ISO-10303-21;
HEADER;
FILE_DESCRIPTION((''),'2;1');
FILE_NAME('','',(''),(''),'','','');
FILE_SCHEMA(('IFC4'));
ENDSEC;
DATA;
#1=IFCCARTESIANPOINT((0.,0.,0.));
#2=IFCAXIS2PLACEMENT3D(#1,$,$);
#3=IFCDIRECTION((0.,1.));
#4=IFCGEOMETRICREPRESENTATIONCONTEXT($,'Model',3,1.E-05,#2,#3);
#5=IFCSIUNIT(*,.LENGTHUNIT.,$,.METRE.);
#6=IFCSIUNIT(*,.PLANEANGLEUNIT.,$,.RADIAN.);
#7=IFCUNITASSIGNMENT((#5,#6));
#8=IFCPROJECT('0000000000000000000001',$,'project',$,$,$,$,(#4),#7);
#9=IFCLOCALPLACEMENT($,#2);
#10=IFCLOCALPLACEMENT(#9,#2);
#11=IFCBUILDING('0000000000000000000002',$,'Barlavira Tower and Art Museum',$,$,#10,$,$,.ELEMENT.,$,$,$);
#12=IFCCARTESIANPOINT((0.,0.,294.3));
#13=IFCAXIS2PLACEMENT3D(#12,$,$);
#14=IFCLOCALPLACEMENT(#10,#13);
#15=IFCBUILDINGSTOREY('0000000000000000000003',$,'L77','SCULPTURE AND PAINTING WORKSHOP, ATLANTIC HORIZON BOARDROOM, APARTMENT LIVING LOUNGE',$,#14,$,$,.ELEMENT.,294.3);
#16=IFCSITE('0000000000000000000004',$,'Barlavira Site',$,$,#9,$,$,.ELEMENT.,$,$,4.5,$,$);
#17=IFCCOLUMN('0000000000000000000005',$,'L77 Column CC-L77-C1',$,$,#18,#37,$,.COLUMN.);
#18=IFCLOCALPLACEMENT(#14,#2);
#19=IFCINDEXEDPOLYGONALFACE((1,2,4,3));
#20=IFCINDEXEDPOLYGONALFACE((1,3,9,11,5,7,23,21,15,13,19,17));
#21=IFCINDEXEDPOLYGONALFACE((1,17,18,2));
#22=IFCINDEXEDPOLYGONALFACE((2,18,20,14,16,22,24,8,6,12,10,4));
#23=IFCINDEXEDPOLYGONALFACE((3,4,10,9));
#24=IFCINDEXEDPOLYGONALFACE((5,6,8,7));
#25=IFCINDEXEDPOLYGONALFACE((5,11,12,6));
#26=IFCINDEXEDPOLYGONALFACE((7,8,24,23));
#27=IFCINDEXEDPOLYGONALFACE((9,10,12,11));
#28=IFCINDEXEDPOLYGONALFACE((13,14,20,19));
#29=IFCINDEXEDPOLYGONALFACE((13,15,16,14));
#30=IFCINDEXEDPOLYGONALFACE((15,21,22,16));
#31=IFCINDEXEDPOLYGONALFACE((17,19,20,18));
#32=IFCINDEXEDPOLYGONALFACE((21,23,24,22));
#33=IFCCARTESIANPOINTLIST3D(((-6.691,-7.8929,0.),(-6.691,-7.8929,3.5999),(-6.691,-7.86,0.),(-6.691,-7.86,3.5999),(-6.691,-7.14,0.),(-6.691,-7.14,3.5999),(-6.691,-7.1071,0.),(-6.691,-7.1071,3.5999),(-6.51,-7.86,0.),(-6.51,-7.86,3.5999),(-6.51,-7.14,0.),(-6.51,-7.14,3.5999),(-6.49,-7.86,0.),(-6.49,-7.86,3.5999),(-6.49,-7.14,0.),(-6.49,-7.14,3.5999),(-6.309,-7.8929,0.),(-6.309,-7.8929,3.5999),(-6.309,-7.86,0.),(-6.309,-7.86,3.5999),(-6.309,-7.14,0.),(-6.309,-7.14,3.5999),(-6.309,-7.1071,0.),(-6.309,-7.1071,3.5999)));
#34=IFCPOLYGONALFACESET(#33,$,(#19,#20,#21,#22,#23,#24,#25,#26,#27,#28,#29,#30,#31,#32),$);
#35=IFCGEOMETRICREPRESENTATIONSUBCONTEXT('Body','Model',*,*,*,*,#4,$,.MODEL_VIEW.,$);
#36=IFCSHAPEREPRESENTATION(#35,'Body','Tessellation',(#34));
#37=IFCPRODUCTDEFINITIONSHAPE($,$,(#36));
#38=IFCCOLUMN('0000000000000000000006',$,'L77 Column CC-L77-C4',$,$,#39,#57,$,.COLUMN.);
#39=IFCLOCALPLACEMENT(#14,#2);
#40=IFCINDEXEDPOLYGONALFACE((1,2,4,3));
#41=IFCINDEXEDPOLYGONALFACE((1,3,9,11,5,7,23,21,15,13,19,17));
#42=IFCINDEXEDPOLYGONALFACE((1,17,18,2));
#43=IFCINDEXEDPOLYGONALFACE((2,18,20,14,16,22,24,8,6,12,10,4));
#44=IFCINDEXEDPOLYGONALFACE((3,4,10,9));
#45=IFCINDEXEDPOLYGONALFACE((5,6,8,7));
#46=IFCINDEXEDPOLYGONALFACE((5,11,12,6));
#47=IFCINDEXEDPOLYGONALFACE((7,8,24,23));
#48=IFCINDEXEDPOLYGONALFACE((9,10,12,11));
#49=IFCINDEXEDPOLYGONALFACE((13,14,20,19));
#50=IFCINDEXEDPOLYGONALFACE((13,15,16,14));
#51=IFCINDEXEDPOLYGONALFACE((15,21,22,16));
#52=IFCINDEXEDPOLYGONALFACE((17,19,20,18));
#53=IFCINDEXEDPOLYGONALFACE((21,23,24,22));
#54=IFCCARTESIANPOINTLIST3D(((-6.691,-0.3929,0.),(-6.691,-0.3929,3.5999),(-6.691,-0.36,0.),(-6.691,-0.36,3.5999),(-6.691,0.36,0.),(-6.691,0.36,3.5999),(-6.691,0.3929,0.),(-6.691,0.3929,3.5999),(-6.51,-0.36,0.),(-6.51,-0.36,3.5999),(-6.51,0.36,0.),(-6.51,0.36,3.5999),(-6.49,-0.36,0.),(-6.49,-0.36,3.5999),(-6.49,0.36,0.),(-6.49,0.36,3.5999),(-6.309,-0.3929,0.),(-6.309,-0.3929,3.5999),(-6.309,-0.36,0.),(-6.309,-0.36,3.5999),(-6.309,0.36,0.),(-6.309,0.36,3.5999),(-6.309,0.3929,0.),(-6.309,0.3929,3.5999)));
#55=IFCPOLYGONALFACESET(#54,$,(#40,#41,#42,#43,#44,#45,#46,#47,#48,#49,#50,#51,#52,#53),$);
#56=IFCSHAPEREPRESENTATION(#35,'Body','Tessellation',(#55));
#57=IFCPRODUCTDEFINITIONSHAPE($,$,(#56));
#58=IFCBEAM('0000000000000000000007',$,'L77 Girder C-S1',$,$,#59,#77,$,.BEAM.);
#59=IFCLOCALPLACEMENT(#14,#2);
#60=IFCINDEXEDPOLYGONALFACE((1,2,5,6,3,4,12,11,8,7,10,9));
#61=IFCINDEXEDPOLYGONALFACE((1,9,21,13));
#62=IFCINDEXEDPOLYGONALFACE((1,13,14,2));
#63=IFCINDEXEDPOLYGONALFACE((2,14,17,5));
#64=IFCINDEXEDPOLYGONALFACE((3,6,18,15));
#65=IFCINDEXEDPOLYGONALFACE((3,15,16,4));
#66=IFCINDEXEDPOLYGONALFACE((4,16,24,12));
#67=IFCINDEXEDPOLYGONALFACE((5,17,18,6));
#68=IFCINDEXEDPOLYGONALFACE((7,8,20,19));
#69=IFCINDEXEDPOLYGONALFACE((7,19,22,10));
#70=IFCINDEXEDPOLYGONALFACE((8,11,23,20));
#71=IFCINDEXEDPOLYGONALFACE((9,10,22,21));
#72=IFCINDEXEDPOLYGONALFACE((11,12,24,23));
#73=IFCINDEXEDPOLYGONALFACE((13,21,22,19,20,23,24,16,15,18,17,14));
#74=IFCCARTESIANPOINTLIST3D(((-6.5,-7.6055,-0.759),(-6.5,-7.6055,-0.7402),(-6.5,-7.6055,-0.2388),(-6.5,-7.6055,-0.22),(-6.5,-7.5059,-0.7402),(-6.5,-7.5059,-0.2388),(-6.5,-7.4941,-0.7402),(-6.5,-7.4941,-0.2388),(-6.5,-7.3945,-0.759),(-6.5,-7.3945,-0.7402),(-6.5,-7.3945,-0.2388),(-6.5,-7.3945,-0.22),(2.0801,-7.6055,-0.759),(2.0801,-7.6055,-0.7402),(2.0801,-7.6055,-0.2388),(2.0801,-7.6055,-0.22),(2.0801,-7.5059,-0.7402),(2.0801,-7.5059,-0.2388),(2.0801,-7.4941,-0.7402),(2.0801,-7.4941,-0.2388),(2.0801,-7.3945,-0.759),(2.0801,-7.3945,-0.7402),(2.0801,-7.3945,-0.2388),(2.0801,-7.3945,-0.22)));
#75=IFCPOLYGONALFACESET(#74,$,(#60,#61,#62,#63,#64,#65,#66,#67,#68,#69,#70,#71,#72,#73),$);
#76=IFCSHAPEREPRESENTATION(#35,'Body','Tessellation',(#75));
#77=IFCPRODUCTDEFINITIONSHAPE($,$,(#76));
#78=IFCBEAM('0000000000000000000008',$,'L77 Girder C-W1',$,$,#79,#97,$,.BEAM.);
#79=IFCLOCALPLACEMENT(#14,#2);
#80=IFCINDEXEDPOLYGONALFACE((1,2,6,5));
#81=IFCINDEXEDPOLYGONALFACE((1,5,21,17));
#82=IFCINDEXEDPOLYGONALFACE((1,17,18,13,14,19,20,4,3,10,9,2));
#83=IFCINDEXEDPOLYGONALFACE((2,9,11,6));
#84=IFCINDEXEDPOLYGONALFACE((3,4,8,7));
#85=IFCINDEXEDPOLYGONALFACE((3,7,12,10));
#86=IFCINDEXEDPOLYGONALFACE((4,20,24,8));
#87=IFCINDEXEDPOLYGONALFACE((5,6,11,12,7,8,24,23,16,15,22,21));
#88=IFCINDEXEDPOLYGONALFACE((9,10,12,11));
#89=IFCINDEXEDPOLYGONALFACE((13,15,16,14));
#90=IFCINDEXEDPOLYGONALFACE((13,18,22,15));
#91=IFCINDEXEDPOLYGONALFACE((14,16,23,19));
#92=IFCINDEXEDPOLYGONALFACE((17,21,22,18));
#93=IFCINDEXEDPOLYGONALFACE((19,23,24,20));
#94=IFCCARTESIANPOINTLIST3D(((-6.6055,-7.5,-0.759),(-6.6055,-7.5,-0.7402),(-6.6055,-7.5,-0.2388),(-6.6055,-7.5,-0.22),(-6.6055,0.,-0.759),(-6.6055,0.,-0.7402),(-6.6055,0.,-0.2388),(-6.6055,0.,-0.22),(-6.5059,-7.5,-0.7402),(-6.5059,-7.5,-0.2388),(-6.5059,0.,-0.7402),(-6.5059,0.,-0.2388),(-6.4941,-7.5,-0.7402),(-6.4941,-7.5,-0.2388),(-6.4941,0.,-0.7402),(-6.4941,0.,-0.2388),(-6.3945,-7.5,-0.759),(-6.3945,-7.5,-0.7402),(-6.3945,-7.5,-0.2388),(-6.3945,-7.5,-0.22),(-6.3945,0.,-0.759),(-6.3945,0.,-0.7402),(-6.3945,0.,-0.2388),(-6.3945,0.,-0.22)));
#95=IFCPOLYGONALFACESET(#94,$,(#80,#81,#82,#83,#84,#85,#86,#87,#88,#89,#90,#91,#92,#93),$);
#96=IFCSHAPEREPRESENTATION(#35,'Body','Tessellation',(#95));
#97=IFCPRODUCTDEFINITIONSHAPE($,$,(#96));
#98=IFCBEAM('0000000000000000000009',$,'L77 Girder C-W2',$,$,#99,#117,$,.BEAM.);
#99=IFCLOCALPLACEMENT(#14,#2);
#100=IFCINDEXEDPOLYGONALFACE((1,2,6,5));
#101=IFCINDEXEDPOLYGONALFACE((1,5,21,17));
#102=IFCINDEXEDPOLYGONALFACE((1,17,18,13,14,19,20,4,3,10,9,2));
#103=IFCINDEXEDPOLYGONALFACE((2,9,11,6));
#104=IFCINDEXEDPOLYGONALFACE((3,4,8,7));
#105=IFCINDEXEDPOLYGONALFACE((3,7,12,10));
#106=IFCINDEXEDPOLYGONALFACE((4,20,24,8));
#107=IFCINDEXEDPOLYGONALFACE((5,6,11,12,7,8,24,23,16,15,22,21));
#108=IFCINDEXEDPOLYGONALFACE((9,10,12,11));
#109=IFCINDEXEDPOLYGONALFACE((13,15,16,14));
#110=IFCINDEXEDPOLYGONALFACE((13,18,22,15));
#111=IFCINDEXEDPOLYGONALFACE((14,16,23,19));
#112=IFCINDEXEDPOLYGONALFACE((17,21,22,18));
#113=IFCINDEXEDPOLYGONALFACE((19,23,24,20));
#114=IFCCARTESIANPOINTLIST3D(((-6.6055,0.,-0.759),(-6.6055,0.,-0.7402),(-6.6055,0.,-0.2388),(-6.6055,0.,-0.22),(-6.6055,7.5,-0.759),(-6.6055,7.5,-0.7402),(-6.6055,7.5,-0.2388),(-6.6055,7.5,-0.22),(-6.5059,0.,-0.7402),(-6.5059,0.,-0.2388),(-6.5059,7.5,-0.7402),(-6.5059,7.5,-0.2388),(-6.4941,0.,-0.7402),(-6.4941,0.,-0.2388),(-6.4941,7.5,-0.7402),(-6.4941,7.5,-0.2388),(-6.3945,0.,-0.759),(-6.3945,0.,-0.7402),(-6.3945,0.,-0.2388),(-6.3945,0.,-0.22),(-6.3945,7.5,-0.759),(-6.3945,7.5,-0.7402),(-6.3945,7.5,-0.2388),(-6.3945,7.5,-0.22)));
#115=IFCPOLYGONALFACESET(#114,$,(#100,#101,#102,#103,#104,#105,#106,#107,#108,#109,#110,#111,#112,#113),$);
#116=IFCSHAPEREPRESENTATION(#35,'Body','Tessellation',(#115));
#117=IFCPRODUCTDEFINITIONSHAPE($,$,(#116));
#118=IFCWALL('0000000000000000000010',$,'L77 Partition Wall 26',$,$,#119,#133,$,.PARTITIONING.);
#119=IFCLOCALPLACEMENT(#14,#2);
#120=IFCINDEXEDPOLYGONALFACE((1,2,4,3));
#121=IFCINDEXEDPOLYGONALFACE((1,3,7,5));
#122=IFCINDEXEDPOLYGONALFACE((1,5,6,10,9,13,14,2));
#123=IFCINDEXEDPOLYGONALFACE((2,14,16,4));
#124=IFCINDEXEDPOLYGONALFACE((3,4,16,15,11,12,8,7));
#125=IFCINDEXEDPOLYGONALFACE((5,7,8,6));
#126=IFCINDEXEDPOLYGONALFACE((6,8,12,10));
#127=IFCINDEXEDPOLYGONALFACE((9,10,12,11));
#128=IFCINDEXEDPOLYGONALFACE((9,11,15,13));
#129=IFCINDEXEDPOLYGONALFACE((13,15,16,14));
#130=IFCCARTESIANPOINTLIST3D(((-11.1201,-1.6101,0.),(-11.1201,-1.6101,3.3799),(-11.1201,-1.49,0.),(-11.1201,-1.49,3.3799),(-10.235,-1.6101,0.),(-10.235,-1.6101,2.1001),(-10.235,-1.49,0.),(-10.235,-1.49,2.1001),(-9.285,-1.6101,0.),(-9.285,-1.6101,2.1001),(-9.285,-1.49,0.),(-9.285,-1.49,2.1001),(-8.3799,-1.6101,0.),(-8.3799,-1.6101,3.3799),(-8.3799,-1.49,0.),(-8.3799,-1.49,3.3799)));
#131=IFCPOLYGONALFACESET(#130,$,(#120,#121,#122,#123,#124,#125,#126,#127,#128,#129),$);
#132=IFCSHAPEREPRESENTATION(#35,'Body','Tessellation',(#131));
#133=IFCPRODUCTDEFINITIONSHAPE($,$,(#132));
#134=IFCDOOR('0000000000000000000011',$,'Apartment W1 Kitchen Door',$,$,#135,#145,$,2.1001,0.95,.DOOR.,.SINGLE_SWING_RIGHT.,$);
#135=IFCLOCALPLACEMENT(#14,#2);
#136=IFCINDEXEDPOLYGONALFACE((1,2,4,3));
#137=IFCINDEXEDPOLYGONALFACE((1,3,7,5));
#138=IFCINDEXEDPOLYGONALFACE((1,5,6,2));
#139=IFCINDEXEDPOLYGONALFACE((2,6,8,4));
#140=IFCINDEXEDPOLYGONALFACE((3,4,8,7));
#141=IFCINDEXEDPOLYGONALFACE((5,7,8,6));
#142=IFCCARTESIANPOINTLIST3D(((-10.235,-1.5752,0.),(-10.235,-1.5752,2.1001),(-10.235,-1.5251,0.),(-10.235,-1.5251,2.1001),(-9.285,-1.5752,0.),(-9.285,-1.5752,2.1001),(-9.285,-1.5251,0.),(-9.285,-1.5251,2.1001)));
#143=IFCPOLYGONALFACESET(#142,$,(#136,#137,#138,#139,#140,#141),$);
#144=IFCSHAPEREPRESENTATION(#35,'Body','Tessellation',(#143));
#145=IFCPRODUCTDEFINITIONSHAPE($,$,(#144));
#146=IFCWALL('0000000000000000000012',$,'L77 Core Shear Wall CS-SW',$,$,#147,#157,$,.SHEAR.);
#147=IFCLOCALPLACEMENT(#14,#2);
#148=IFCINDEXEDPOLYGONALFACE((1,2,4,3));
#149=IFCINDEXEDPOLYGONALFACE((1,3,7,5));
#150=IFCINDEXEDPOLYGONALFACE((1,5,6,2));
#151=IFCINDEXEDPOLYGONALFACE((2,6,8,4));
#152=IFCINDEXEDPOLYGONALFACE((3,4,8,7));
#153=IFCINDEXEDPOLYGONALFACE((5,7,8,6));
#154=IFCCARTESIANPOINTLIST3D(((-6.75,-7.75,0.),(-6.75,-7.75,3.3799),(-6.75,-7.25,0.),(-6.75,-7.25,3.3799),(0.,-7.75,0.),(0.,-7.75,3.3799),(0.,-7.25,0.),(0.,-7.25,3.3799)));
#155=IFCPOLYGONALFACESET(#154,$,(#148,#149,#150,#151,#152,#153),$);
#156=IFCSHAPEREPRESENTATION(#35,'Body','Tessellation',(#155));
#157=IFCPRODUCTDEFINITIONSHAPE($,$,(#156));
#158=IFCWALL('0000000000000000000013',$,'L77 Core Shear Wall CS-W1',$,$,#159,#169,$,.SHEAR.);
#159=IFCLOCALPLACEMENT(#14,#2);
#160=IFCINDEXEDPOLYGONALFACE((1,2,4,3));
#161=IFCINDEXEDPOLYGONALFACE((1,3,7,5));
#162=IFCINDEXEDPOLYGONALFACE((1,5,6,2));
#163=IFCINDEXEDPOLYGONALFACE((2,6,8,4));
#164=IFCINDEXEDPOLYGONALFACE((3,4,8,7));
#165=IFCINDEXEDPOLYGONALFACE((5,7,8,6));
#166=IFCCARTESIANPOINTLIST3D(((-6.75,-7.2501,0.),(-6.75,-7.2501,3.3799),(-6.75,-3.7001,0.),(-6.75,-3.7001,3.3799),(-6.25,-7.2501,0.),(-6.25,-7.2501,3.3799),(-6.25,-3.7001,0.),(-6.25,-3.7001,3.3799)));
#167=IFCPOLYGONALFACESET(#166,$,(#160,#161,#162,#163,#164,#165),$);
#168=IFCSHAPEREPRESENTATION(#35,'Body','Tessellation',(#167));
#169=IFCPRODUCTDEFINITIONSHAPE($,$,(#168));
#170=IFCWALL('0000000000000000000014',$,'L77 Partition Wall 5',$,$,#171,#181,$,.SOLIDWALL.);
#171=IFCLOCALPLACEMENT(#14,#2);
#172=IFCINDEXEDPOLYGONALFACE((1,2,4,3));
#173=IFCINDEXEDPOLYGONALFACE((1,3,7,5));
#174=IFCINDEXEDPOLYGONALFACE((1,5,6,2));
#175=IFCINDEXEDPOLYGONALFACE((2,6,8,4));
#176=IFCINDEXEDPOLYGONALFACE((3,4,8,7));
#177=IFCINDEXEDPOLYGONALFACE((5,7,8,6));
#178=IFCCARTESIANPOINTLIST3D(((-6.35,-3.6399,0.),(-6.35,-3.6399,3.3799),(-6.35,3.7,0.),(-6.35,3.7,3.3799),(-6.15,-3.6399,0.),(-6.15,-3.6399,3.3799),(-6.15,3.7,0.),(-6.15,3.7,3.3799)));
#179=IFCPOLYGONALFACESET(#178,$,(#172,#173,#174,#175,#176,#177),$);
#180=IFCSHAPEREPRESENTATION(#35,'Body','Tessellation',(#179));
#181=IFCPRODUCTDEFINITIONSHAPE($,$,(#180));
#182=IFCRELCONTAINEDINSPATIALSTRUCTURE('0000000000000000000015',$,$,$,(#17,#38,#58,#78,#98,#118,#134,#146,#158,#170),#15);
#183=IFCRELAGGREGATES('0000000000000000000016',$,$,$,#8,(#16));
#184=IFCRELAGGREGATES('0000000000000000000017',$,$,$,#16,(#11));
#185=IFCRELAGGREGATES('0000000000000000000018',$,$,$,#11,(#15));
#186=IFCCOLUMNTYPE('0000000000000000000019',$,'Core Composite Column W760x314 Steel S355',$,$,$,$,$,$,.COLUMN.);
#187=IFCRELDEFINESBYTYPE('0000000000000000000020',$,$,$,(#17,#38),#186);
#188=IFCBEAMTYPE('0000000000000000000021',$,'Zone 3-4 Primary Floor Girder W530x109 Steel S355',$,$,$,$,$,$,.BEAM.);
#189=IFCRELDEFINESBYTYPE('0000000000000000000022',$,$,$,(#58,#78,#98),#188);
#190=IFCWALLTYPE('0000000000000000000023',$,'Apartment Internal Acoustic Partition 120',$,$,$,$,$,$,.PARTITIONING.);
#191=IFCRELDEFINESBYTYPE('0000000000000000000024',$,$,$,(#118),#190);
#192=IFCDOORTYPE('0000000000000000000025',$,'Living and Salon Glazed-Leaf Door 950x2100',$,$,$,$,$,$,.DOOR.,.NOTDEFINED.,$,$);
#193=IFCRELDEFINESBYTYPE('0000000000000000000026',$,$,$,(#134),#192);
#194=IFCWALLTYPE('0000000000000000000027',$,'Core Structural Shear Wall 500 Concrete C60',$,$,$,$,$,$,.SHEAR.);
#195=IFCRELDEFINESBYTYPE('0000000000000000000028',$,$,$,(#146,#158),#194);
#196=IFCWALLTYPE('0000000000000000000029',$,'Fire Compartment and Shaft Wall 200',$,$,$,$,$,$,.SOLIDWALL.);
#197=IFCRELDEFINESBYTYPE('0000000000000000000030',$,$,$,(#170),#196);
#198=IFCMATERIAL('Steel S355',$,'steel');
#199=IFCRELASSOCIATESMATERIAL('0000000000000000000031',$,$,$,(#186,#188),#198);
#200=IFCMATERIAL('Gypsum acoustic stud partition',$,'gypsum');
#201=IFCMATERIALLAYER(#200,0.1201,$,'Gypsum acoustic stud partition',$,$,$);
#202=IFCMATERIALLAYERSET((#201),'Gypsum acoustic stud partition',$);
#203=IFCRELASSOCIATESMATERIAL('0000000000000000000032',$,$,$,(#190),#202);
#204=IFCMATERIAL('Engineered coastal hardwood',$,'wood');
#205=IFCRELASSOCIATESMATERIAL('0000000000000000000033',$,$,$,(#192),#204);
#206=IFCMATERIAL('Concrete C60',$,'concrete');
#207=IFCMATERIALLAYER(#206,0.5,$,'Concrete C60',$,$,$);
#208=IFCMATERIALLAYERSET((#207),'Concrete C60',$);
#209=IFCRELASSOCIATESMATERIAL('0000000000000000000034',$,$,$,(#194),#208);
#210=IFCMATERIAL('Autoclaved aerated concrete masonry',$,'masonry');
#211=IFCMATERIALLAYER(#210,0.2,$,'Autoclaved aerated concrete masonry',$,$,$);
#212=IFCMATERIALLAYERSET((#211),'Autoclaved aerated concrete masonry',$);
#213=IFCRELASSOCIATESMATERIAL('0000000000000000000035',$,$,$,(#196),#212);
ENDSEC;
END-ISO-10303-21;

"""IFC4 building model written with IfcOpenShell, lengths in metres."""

from ifc_helpers import new_model, si_unit, direction, frame, frame_2d, origin, origin_2d, place, context, subcontext, project, spatial, rectangle, i_section, extrude, material, layer, layer_set, material_profile, profile_set, type_object, element, fill, save


model = new_model("IFC4")

# Units and contexts
model_context = context("Model", 3, precision=1e-05, world=origin(), true_north=direction((0.0, 1.0)))
body_context = subcontext(model_context, "Body", "Model", "MODEL_VIEW")
ifc_project = project(units=[si_unit("LENGTHUNIT", "METRE"), si_unit("PLANEANGLEUNIT", "RADIAN")], contexts=[model_context])

# Site, building, storey
site_placement = place(None, origin())
site = spatial("IfcSite", under=ifc_project, at=site_placement, Name="Barlavira Site", CompositionType="ELEMENT", RefElevation=4.5)
building_placement = place(site_placement, origin())
building = spatial("IfcBuilding", under=site, at=building_placement, Name="Barlavira Tower and Art Museum", CompositionType="ELEMENT")
storey_placement = place(building_placement, frame((0.0, 0.0, 294.3)))
storey = spatial("IfcBuildingStorey", under=building, at=storey_placement, Name="L77", Description="SCULPTURE AND PAINTING WORKSHOP, ATLANTIC HORIZON BOARDROOM, APARTMENT LIVING LOUNGE", CompositionType="ELEMENT", Elevation=294.3)

# Columns
ifc_material_1 = material(Name="Steel S355", Category="steel")
ifc_material_profile_1 = material_profile(ifc_material_1, i_section(OverallWidth=0.3821, OverallDepth=0.7859, WebThickness=0.02, FlangeThickness=0.033, at=origin_2d()), Name="W760x314.0")
ifc_profile_set_1 = profile_set([ifc_material_profile_1], Name="Steel S355")
column_type = type_object("IfcColumnType", Name="Core Composite Column W760x314 Steel S355", PredefinedType="COLUMN", material=ifc_profile_set_1)
for number, where, z_axis, x_axis, name in (
    (1, (-6.5, -7.5, 0.0), (0.0, 0.0, 1.0), (1.0, 0.0, 0.0), "L77 Column CC-L77-C1"),
    (2, (-6.5, 0.0, 0.0), (0.0, 0.0, 1.0), (1.0, 0.0, 0.0), "L77 Column CC-L77-C4"),
):
    element("IfcColumn", number, at=place(storey_placement, frame(where, z_axis=z_axis, x_axis=x_axis)), inside=storey, type_object=column_type, Name=name, PredefinedType="COLUMN", context=body_context, shape_type="SweptSolid", body=[
        extrude(i_section(OverallWidth=0.3821, OverallDepth=0.7859, WebThickness=0.02, FlangeThickness=0.033, at=origin_2d()), origin(), (0.0, 0.0, 1.0), 3.5999),
    ])

# Beams
ifc_material_profile_2 = material_profile(ifc_material_1, i_section(OverallWidth=0.2109, OverallDepth=0.5391, WebThickness=0.0117, FlangeThickness=0.0188, at=origin_2d()), Name="W530x109.0")
ifc_profile_set_2 = profile_set([ifc_material_profile_2], Name="Steel S355")
beam_type = type_object("IfcBeamType", Name="Zone 3-4 Primary Floor Girder W530x109 Steel S355", PredefinedType="BEAM", material=ifc_profile_set_2)
beam_placement = place(storey_placement, frame((-6.5, -7.5, -0.4895), z_axis=(1.0, 0.0, 0.0), x_axis=(0.0, 1.0, 0.0)))
element("IfcBeam", 3, at=beam_placement, inside=storey, type_object=beam_type, Name="L77 Girder C-S1", PredefinedType="BEAM", context=body_context, shape_type="SweptSolid", body=[
    extrude(i_section(OverallWidth=0.2109, OverallDepth=0.5391, WebThickness=0.0117, FlangeThickness=0.0188, at=origin_2d()), origin(), (0.0, 0.0, 1.0), 8.5801),
])
for number, where, z_axis, x_axis, name in (
    (4, (-6.5, -7.5, -0.4895), (0.0, 1.0, 0.0), (-1.0, 0.0, 0.0), "L77 Girder C-W1"),
    (5, (-6.5, 0.0, -0.4895), (0.0, 1.0, 0.0), (-1.0, 0.0, 0.0), "L77 Girder C-W2"),
):
    element("IfcBeam", number, at=place(storey_placement, frame(where, z_axis=z_axis, x_axis=x_axis)), inside=storey, type_object=beam_type, Name=name, PredefinedType="BEAM", context=body_context, shape_type="SweptSolid", body=[
        extrude(i_section(OverallWidth=0.2109, OverallDepth=0.5391, WebThickness=0.0117, FlangeThickness=0.0188, at=origin_2d()), origin(), (0.0, 0.0, 1.0), 7.5),
    ])

# Wall, opening, door
ifc_material_2 = material(Name="Gypsum acoustic stud partition", Category="gypsum")
ifc_layer_1 = layer(ifc_material_2, 0.1201, Name="Gypsum acoustic stud partition")
ifc_layer_set_1 = layer_set([ifc_layer_1], Name="Gypsum acoustic stud partition")
wall_type_1 = type_object("IfcWallType", Name="Apartment Internal Acoustic Partition 120", PredefinedType="PARTITIONING", material=ifc_layer_set_1)
wall_1_placement = place(storey_placement, frame((-11.1201, -1.55, 0.0), z_axis=(0.0, 0.0, 1.0), x_axis=(1.0, 0.0, 0.0)))
wall_1 = element("IfcWall", 6, at=wall_1_placement, inside=storey, type_object=wall_type_1, Name="L77 Partition Wall 26", PredefinedType="PARTITIONING", context=body_context, shape_type="SweptSolid", body=[
    extrude(rectangle(XDim=2.7402, YDim=0.1201, at=frame_2d((1.3701, 0.0))), origin(), (0.0, 0.0, 1.0), 3.3799),
])
opening_1_placement = place(wall_1_placement, frame((0.885, 0.0, 0.0)))
opening_1 = element("IfcOpeningElement", 7, at=opening_1_placement, cuts=wall_1, PredefinedType="OPENING", context=body_context, shape_type="SweptSolid", body=[
    extrude(rectangle(XDim=0.95, YDim=2.1001, at=frame_2d((0.4751, 1.05))), frame((0.0, 0.0701, 0.0), z_axis=(0.0, -1.0, 0.0), x_axis=(1.0, 0.0, 0.0)), (0.0, 0.0, 1.0), 0.1401),
])
ifc_material_3 = material(Name="Engineered coastal hardwood", Category="wood")
door_type_1 = type_object("IfcDoorType", Name="Living and Salon Glazed-Leaf Door 950x2100", OperationType="NOTDEFINED", PredefinedType="DOOR", material=ifc_material_3)
door_1_placement = place(opening_1_placement, origin())
door_1 = element("IfcDoor", 8, at=door_1_placement, inside=storey, type_object=door_type_1, Name="Apartment W1 Kitchen Door", OperationType="SINGLE_SWING_RIGHT", OverallHeight=2.1001, OverallWidth=0.95, PredefinedType="DOOR", context=body_context, shape_type="SweptSolid", body=[
    extrude(rectangle(XDim=0.95, YDim=2.1001, at=frame_2d((0.4751, 1.05))), frame((0.0, 0.0249, 0.0), z_axis=(0.0, -1.0, 0.0), x_axis=(1.0, 0.0, 0.0)), (0.0, 0.0, 1.0), 0.05),
])
fill(opening_1, door_1)

# Walls
ifc_material_4 = material(Name="Concrete C60", Category="concrete")
ifc_layer_2 = layer(ifc_material_4, 0.5, Name="Concrete C60")
ifc_layer_set_2 = layer_set([ifc_layer_2], Name="Concrete C60")
wall_type_2 = type_object("IfcWallType", Name="Core Structural Shear Wall 500 Concrete C60", PredefinedType="SHEAR", material=ifc_layer_set_2)
wall_2_placement = place(storey_placement, frame((-6.75, -7.5, 0.0), z_axis=(0.0, 0.0, 1.0), x_axis=(1.0, 0.0, 0.0)))
element("IfcWall", 9, at=wall_2_placement, inside=storey, type_object=wall_type_2, Name="L77 Core Shear Wall CS-SW", PredefinedType="SHEAR", context=body_context, shape_type="SweptSolid", body=[
    extrude(rectangle(XDim=6.75, YDim=0.5, at=frame_2d((3.375, 0.0))), origin(), (0.0, 0.0, 1.0), 3.3799),
])
wall_3_placement = place(storey_placement, frame((-6.5, -7.25, 0.0), z_axis=(0.0, 0.0, 1.0), x_axis=(0.0, 1.0, 0.0)))
element("IfcWall", 10, at=wall_3_placement, inside=storey, type_object=wall_type_2, Name="L77 Core Shear Wall CS-W1", PredefinedType="SHEAR", context=body_context, shape_type="SweptSolid", body=[
    extrude(rectangle(XDim=3.55, YDim=0.5, at=frame_2d((1.7749, 0.0))), origin(), (0.0, 0.0, 1.0), 3.3799),
])
ifc_material_5 = material(Name="Autoclaved aerated concrete masonry", Category="masonry")
ifc_layer_3 = layer(ifc_material_5, 0.2, Name="Autoclaved aerated concrete masonry")
ifc_layer_set_3 = layer_set([ifc_layer_3], Name="Autoclaved aerated concrete masonry")
wall_type_3 = type_object("IfcWallType", Name="Fire Compartment and Shaft Wall 200", PredefinedType="SOLIDWALL", material=ifc_layer_set_3)
wall_4_placement = place(storey_placement, frame((-6.25, -3.6399, 0.0), z_axis=(0.0, 0.0, 1.0), x_axis=(0.0, 1.0, 0.0)))
element("IfcWall", 11, at=wall_4_placement, inside=storey, type_object=wall_type_3, Name="L77 Partition Wall 5", PredefinedType="SOLIDWALL", context=body_context, shape_type="SweptSolid", body=[
    extrude(rectangle(XDim=7.3398, YDim=0.2, at=frame_2d((3.6699, 0.0))), origin(), (0.0, 0.0, 1.0), 3.3799),
])

save(model, "model.ifc")
